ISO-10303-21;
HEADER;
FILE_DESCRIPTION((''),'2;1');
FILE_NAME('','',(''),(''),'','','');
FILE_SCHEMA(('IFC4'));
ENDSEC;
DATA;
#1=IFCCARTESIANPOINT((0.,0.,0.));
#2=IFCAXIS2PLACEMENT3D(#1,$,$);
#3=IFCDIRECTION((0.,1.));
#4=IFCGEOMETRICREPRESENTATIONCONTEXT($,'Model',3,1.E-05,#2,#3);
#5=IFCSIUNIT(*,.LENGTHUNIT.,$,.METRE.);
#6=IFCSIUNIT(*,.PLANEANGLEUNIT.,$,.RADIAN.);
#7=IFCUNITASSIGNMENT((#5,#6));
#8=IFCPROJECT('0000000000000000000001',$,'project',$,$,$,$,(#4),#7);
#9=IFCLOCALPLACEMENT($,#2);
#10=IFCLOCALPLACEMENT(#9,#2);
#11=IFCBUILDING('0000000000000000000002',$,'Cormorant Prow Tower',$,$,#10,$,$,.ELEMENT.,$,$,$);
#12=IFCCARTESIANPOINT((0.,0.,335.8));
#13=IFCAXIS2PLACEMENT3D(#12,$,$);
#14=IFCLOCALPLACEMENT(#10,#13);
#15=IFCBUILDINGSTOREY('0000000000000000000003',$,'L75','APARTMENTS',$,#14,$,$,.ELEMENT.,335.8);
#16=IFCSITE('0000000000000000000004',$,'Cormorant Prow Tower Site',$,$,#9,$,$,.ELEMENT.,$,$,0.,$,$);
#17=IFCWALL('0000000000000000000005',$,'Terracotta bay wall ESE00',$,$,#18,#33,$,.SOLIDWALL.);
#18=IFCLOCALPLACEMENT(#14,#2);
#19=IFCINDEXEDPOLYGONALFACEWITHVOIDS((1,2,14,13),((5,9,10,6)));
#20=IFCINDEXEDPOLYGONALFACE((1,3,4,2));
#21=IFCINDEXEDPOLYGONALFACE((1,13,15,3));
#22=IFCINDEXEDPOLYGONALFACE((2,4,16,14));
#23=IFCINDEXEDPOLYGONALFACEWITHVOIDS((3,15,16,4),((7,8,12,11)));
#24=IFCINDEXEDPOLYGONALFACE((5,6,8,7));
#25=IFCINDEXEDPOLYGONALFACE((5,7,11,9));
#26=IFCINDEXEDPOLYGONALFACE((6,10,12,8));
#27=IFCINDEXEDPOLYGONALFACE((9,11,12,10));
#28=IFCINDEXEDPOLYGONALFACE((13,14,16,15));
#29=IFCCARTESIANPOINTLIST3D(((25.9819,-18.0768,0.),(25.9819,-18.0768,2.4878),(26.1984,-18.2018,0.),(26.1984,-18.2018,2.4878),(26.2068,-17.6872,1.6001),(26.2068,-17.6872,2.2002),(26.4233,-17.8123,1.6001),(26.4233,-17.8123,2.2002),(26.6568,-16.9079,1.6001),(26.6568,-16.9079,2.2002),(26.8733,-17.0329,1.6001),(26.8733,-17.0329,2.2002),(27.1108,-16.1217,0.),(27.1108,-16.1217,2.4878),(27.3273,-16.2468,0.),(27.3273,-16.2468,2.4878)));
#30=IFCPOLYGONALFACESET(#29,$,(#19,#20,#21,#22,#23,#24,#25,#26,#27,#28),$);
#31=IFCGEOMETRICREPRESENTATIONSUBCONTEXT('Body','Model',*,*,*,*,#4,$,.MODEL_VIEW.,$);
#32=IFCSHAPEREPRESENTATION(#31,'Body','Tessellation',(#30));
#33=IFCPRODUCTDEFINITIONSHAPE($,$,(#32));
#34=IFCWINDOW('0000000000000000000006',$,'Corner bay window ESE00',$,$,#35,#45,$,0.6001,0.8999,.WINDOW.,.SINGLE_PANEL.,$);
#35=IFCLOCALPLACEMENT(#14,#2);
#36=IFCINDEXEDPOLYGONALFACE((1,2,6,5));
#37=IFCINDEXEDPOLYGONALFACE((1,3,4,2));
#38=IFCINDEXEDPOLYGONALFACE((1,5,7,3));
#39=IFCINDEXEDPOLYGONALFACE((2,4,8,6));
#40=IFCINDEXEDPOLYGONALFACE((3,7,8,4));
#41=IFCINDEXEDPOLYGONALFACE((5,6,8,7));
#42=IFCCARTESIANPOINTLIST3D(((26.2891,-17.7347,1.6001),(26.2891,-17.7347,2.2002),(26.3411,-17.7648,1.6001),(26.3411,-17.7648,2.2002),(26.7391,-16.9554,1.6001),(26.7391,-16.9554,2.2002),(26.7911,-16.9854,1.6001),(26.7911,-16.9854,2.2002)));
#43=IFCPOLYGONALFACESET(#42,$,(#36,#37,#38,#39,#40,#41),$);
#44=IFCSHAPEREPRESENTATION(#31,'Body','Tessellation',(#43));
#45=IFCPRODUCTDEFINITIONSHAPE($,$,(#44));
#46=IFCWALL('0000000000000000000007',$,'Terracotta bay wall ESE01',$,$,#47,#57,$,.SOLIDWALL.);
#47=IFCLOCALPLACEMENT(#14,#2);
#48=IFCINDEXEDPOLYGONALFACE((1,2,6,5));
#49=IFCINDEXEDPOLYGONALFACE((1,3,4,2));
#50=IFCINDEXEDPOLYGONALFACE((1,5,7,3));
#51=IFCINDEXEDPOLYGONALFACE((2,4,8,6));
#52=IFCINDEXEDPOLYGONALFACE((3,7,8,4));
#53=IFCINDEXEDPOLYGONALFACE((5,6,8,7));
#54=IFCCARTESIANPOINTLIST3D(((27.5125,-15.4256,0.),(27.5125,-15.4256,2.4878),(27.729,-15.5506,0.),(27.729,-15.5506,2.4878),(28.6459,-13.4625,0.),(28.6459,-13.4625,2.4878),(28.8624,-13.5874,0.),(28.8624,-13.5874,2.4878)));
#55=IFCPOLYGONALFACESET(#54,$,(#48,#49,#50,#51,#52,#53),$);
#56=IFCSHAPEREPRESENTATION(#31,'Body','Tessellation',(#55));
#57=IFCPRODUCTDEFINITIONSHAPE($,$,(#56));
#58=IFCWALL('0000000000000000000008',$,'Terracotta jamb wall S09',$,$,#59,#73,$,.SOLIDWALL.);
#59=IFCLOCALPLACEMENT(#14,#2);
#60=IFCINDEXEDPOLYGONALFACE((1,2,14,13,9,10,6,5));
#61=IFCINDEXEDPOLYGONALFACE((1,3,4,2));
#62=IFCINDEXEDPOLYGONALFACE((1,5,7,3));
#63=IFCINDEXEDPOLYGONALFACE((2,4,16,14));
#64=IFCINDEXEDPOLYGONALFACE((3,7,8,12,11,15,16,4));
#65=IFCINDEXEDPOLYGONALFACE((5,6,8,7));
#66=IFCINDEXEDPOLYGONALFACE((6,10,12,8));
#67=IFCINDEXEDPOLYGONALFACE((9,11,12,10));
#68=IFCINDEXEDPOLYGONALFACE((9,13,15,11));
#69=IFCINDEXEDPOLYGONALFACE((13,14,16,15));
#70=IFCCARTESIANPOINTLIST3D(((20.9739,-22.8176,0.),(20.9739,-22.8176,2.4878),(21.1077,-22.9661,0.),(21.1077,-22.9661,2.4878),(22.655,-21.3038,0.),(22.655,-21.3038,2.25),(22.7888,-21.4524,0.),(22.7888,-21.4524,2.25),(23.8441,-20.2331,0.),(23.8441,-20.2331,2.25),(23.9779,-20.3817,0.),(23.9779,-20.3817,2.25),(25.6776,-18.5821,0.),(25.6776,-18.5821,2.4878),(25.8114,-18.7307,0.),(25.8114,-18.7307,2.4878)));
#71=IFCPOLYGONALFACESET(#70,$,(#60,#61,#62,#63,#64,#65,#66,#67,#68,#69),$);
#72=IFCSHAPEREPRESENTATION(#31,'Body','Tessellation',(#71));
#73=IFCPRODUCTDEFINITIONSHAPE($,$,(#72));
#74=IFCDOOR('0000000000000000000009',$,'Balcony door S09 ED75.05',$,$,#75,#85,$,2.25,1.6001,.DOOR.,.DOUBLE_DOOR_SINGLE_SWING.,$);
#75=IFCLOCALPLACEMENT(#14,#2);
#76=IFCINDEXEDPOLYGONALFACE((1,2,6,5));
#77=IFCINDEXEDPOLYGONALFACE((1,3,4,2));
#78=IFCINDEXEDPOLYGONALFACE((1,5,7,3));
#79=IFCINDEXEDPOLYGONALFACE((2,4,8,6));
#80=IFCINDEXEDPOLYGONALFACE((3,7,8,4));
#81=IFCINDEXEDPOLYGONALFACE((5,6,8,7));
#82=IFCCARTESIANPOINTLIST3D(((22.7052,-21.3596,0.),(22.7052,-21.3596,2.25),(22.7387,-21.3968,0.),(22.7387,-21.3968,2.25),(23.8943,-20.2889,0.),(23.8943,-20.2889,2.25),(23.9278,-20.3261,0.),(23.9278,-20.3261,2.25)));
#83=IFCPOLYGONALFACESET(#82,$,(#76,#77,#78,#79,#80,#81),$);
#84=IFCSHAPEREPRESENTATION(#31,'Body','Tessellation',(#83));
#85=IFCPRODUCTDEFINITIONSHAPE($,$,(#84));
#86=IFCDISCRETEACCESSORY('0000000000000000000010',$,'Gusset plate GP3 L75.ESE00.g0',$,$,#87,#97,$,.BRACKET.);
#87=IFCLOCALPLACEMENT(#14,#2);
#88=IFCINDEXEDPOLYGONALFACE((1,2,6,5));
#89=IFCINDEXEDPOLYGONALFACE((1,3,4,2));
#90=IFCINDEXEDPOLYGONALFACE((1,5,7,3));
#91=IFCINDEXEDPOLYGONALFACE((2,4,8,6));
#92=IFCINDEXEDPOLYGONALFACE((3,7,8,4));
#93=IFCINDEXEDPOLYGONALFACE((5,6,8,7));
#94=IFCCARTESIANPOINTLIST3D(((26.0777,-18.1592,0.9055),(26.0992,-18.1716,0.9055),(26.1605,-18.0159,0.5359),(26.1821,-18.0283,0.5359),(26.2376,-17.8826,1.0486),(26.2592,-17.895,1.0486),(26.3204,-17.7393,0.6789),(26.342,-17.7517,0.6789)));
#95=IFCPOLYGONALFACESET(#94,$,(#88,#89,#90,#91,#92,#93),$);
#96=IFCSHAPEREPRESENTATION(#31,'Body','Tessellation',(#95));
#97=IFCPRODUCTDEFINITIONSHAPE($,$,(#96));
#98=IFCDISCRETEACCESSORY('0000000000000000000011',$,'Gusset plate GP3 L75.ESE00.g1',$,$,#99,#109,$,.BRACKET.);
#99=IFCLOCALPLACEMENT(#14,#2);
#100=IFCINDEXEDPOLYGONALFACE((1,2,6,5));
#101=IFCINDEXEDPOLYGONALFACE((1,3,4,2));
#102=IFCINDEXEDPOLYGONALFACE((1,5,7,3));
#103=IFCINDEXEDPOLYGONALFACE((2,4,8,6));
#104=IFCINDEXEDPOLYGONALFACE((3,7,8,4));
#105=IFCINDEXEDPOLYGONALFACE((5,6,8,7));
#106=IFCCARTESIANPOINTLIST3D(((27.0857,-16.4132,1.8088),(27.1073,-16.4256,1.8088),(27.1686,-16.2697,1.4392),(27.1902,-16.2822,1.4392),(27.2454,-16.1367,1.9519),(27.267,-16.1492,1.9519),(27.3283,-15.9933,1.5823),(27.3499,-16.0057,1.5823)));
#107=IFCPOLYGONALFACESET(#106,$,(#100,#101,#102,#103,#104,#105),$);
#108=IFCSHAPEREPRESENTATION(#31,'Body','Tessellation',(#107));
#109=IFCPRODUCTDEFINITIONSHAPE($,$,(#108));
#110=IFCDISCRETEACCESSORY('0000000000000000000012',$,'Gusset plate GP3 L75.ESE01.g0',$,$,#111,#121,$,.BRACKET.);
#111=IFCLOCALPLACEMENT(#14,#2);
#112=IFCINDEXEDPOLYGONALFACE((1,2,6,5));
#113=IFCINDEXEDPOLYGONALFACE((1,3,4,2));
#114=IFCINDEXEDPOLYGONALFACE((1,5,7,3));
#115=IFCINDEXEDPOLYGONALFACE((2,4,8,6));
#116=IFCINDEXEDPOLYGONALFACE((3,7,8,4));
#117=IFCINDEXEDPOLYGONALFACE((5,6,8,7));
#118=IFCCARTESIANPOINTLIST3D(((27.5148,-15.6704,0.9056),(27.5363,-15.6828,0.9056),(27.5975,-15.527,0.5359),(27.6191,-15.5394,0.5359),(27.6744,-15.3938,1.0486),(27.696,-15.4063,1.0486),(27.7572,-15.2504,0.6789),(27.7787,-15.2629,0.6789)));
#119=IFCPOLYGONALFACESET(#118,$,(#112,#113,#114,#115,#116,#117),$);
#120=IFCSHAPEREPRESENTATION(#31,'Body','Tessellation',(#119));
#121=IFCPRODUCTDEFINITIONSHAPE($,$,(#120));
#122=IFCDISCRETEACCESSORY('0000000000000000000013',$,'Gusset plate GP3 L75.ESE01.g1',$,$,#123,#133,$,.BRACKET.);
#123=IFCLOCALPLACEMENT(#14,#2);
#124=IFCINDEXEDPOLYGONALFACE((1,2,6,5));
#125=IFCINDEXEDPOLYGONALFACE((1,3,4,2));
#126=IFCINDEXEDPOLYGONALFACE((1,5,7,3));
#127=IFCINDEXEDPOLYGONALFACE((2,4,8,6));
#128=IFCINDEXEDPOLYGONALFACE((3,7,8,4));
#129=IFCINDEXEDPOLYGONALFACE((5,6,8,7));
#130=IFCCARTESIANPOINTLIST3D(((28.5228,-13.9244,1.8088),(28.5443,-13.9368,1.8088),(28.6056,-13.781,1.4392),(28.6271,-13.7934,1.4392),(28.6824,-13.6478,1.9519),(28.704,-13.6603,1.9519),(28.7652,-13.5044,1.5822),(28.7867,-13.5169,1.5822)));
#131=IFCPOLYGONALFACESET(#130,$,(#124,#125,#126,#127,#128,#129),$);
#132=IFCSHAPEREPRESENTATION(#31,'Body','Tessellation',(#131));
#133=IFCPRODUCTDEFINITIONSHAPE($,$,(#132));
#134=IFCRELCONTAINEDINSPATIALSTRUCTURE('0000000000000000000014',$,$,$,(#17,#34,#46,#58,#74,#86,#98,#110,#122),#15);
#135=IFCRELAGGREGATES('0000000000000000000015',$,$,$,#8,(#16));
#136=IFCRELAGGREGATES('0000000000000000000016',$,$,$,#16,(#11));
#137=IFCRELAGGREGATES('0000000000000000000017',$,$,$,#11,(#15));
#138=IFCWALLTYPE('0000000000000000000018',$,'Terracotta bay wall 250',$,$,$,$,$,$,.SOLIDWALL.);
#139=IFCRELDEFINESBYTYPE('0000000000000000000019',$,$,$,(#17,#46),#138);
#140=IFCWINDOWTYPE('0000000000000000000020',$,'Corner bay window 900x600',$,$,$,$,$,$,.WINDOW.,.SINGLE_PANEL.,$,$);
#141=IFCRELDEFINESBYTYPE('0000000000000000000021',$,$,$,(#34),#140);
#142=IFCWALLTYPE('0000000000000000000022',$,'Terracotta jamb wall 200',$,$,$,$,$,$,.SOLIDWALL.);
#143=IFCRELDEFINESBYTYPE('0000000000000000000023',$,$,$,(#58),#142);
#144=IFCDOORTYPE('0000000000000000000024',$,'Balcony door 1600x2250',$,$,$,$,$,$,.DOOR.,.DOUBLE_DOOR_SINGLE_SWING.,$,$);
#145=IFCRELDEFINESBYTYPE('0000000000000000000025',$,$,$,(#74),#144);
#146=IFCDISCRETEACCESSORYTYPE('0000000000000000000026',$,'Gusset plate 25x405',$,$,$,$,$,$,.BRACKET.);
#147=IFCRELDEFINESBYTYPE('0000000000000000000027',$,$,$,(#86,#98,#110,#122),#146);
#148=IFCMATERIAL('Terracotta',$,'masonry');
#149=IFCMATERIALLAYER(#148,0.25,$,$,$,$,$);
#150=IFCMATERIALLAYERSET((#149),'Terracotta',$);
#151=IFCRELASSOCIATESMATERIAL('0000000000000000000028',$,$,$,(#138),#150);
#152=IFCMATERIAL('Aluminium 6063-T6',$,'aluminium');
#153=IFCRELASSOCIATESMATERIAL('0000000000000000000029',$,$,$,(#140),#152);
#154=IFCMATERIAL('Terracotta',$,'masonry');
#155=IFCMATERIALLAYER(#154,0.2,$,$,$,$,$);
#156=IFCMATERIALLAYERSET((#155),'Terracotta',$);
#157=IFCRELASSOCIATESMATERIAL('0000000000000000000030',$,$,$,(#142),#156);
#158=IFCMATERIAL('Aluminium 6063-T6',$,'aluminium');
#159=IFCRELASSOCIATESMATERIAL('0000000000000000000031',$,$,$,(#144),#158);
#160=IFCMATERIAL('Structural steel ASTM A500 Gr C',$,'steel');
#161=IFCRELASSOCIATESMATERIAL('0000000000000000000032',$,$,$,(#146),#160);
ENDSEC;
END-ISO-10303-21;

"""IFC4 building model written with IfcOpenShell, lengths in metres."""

from ifc_helpers import new_model, si_unit, direction, frame, frame_2d, origin, origin_2d, place, context, subcontext, project, spatial, rectangle, extrude, material, layer, layer_set, material_profile, profile_set, type_object, element, fill, save


model = new_model("IFC4")

# Units and contexts
model_context = context("Model", 3, precision=1e-05, world=origin(), true_north=direction((0.0, 1.0)))
body_context = subcontext(model_context, "Body", "Model", "MODEL_VIEW")
ifc_project = project(units=[si_unit("LENGTHUNIT", "METRE"), si_unit("PLANEANGLEUNIT", "RADIAN")], contexts=[model_context])

# Site, building, storey
site_placement = place(None, origin())
site = spatial("IfcSite", under=ifc_project, at=site_placement, Name="Cormorant Prow Tower Site", CompositionType="ELEMENT", RefElevation=0.0)
building_placement = place(site_placement, origin())
building = spatial("IfcBuilding", under=site, at=building_placement, Name="Cormorant Prow Tower", CompositionType="ELEMENT")
storey_placement = place(building_placement, frame((0.0, 0.0, 335.8)))
storey = spatial("IfcBuildingStorey", under=building, at=storey_placement, Name="L75", Description="APARTMENTS", CompositionType="ELEMENT", Elevation=335.8)

# Wall, opening, window
ifc_material_1 = material(Name="Terracotta", Category="masonry")
ifc_layer_1 = layer(ifc_material_1, 0.25)
ifc_layer_set_1 = layer_set([ifc_layer_1], Name="Terracotta")
wall_type_1 = type_object("IfcWallType", Name="Terracotta bay wall 250", PredefinedType="SOLIDWALL", material=ifc_layer_set_1)
wall_1_placement = place(storey_placement, frame((26.0901, -18.1394, 0.0), z_axis=(0.0, 0.0, 1.0), x_axis=(0.500047, 0.865998, 0.0)))
wall_1 = element("IfcWall", 1, at=wall_1_placement, inside=storey, type_object=wall_type_1, Name="Terracotta bay wall ESE00", PredefinedType="SOLIDWALL", context=body_context, shape_type="SweptSolid", body=[
    extrude(rectangle(XDim=2.2576, YDim=0.25, at=frame_2d((1.1289, 0.0))), origin(), (0.0, 0.0, 1.0), 2.4878),
])
opening_1_placement = place(wall_1_placement, frame((0.45, 0.0, 1.6001)))
opening_1 = element("IfcOpeningElement", 2, at=opening_1_placement, cuts=wall_1, PredefinedType="OPENING", context=body_context, shape_type="SweptSolid", body=[
    extrude(rectangle(XDim=0.8999, YDim=0.6001, at=frame_2d((0.45, 0.3))), frame((0.0, 0.135, 0.0), z_axis=(0.0, -1.0, 0.0), x_axis=(1.0, 0.0, 0.0)), (0.0, 0.0, 1.0), 0.27),
])
ifc_material_2 = material(Name="Aluminium 6063-T6", Category="aluminium")
window_type = type_object("IfcWindowType", Name="Corner bay window 900x600", PartitioningType="SINGLE_PANEL", PredefinedType="WINDOW", material=ifc_material_2)
window_placement = place(opening_1_placement, origin())
window = element("IfcWindow", 3, at=window_placement, inside=storey, type_object=window_type, Name="Corner bay window ESE00", OverallHeight=0.6001, OverallWidth=0.8999, PartitioningType="SINGLE_PANEL", PredefinedType="WINDOW", context=body_context, shape_type="SweptSolid", body=[
    extrude(rectangle(XDim=0.8999, YDim=0.6001, at=frame_2d((0.45, 0.3))), frame((0.0, 0.03, 0.0), z_axis=(0.0, -1.0, 0.0), x_axis=(1.0, 0.0, 0.0)), (0.0, 0.0, 1.0), 0.0601),
])
fill(opening_1, window)

# Wall
wall_2_placement = place(storey_placement, frame((27.6208, -15.488, 0.0), z_axis=(0.0, 0.0, 1.0), x_axis=(0.499962, 0.866047, 0.0)))
element("IfcWall", 4, at=wall_2_placement, inside=storey, type_object=wall_type_1, Name="Terracotta bay wall ESE01", PredefinedType="SOLIDWALL", context=body_context, shape_type="SweptSolid", body=[
    extrude(rectangle(XDim=2.2668, YDim=0.25, at=frame_2d((1.1333, 0.0))), origin(), (0.0, 0.0, 1.0), 2.4878),
])

# Wall, opening, door
ifc_material_3 = material(Name="Terracotta", Category="masonry")
ifc_layer_2 = layer(ifc_material_3, 0.2)
ifc_layer_set_2 = layer_set([ifc_layer_2], Name="Terracotta")
wall_type_2 = type_object("IfcWallType", Name="Terracotta jamb wall 200", PredefinedType="SOLIDWALL", material=ifc_layer_set_2)
wall_3_placement = place(storey_placement, frame((21.0408, -22.8918, 0.0), z_axis=(0.0, 0.0, 1.0), x_axis=(0.743129, 0.669148, 0.0)))
wall_3 = element("IfcWall", 5, at=wall_3_placement, inside=storey, type_object=wall_type_2, Name="Terracotta jamb wall S09", PredefinedType="SOLIDWALL", context=body_context, shape_type="SweptSolid", body=[
    extrude(rectangle(XDim=6.3296, YDim=0.2, at=frame_2d((3.1648, 0.0))), origin(), (0.0, 0.0, 1.0), 2.4878),
])
opening_2_placement = place(wall_3_placement, frame((2.2622, 0.0, 0.0)))
opening_2 = element("IfcOpeningElement", 6, at=opening_2_placement, cuts=wall_3, PredefinedType="OPENING", context=body_context, shape_type="SweptSolid", body=[
    extrude(rectangle(XDim=1.6001, YDim=2.25, at=frame_2d((0.8, 1.125))), frame((0.0, 0.1099, 0.0), z_axis=(0.0, -1.0, 0.0), x_axis=(1.0, 0.0, 0.0)), (0.0, 0.0, 1.0), 0.22),
])
ifc_material_4 = material(Name="Aluminium 6063-T6", Category="aluminium")
door_type_1 = type_object("IfcDoorType", Name="Balcony door 1600x2250", OperationType="DOUBLE_DOOR_SINGLE_SWING", PredefinedType="DOOR", material=ifc_material_4)
door_1_placement = place(opening_2_placement, origin())
door_1 = element("IfcDoor", 7, at=door_1_placement, inside=storey, type_object=door_type_1, Name="Balcony door S09 ED75.05", OperationType="DOUBLE_DOOR_SINGLE_SWING", OverallHeight=2.25, OverallWidth=1.6001, PredefinedType="DOOR", context=body_context, shape_type="SweptSolid", body=[
    extrude(rectangle(XDim=1.6001, YDim=2.25, at=frame_2d((0.8, 1.125))), frame((0.0, 0.0249, 0.0), z_axis=(0.0, -1.0, 0.0), x_axis=(1.0, 0.0, 0.0)), (0.0, 0.0, 1.0), 0.05),
])
fill(opening_2, door_1)

# Discrete accessories
ifc_material_5 = material(Name="Structural steel ASTM A500 Gr C", Category="steel")
ifc_material_profile_1 = material_profile(ifc_material_5, rectangle(XDim=0.0249, YDim=0.405, at=origin_2d()), Name="Gusset plate 25x405")
ifc_profile_set_1 = profile_set([ifc_material_profile_1], Name="Structural steel ASTM A500 Gr C")
discrete_accessory_type = type_object("IfcDiscreteAccessoryType", Name="Gusset plate 25x405", PredefinedType="BRACKET", material=ifc_profile_set_1)
discrete_accessory_placement = place(storey_placement, frame((26.2898, -17.8171, 0.8638), z_axis=(-0.456792, -0.790145, -0.408672), x_axis=(0.86574, -0.500494, 0.0)))
element("IfcDiscreteAccessory", 8, at=discrete_accessory_placement, inside=storey, type_object=discrete_accessory_type, Name="Gusset plate GP3 L75.ESE00.g0", PredefinedType="BRACKET", context=body_context, shape_type="SweptSolid", body=[
    extrude(rectangle(XDim=0.0249, YDim=0.405, at=origin_2d()), origin(), (0.0, 0.0, 1.0), 0.3501),
])
for number, where, z_axis, x_axis, name in (
    (9, (27.1379, -16.3477, 1.624), (0.456491, 0.790135, 0.409027), (-0.86588, 0.500252, 0.0), "Gusset plate GP3 L75.ESE00.g1"),
    (10, (27.7266, -15.3284, 0.8638), (-0.456239, -0.790397, -0.408802), (0.866071, -0.499921, 0.0), "Gusset plate GP3 L75.ESE01.g0"),
    (11, (28.575, -13.8589, 1.624), (0.456239, 0.790397, 0.408802), (-0.866071, 0.499921, 0.0), "Gusset plate GP3 L75.ESE01.g1"),
):
    element("IfcDiscreteAccessory", number, at=place(storey_placement, frame(where, z_axis=z_axis, x_axis=x_axis)), inside=storey, type_object=discrete_accessory_type, Name=name, PredefinedType="BRACKET", context=body_context, shape_type="SweptSolid", body=[
        extrude(rectangle(XDim=0.0249, YDim=0.405, at=origin_2d()), origin(), (0.0, 0.0, 1.0), 0.3499),
    ])

save(model, "model.ifc")
